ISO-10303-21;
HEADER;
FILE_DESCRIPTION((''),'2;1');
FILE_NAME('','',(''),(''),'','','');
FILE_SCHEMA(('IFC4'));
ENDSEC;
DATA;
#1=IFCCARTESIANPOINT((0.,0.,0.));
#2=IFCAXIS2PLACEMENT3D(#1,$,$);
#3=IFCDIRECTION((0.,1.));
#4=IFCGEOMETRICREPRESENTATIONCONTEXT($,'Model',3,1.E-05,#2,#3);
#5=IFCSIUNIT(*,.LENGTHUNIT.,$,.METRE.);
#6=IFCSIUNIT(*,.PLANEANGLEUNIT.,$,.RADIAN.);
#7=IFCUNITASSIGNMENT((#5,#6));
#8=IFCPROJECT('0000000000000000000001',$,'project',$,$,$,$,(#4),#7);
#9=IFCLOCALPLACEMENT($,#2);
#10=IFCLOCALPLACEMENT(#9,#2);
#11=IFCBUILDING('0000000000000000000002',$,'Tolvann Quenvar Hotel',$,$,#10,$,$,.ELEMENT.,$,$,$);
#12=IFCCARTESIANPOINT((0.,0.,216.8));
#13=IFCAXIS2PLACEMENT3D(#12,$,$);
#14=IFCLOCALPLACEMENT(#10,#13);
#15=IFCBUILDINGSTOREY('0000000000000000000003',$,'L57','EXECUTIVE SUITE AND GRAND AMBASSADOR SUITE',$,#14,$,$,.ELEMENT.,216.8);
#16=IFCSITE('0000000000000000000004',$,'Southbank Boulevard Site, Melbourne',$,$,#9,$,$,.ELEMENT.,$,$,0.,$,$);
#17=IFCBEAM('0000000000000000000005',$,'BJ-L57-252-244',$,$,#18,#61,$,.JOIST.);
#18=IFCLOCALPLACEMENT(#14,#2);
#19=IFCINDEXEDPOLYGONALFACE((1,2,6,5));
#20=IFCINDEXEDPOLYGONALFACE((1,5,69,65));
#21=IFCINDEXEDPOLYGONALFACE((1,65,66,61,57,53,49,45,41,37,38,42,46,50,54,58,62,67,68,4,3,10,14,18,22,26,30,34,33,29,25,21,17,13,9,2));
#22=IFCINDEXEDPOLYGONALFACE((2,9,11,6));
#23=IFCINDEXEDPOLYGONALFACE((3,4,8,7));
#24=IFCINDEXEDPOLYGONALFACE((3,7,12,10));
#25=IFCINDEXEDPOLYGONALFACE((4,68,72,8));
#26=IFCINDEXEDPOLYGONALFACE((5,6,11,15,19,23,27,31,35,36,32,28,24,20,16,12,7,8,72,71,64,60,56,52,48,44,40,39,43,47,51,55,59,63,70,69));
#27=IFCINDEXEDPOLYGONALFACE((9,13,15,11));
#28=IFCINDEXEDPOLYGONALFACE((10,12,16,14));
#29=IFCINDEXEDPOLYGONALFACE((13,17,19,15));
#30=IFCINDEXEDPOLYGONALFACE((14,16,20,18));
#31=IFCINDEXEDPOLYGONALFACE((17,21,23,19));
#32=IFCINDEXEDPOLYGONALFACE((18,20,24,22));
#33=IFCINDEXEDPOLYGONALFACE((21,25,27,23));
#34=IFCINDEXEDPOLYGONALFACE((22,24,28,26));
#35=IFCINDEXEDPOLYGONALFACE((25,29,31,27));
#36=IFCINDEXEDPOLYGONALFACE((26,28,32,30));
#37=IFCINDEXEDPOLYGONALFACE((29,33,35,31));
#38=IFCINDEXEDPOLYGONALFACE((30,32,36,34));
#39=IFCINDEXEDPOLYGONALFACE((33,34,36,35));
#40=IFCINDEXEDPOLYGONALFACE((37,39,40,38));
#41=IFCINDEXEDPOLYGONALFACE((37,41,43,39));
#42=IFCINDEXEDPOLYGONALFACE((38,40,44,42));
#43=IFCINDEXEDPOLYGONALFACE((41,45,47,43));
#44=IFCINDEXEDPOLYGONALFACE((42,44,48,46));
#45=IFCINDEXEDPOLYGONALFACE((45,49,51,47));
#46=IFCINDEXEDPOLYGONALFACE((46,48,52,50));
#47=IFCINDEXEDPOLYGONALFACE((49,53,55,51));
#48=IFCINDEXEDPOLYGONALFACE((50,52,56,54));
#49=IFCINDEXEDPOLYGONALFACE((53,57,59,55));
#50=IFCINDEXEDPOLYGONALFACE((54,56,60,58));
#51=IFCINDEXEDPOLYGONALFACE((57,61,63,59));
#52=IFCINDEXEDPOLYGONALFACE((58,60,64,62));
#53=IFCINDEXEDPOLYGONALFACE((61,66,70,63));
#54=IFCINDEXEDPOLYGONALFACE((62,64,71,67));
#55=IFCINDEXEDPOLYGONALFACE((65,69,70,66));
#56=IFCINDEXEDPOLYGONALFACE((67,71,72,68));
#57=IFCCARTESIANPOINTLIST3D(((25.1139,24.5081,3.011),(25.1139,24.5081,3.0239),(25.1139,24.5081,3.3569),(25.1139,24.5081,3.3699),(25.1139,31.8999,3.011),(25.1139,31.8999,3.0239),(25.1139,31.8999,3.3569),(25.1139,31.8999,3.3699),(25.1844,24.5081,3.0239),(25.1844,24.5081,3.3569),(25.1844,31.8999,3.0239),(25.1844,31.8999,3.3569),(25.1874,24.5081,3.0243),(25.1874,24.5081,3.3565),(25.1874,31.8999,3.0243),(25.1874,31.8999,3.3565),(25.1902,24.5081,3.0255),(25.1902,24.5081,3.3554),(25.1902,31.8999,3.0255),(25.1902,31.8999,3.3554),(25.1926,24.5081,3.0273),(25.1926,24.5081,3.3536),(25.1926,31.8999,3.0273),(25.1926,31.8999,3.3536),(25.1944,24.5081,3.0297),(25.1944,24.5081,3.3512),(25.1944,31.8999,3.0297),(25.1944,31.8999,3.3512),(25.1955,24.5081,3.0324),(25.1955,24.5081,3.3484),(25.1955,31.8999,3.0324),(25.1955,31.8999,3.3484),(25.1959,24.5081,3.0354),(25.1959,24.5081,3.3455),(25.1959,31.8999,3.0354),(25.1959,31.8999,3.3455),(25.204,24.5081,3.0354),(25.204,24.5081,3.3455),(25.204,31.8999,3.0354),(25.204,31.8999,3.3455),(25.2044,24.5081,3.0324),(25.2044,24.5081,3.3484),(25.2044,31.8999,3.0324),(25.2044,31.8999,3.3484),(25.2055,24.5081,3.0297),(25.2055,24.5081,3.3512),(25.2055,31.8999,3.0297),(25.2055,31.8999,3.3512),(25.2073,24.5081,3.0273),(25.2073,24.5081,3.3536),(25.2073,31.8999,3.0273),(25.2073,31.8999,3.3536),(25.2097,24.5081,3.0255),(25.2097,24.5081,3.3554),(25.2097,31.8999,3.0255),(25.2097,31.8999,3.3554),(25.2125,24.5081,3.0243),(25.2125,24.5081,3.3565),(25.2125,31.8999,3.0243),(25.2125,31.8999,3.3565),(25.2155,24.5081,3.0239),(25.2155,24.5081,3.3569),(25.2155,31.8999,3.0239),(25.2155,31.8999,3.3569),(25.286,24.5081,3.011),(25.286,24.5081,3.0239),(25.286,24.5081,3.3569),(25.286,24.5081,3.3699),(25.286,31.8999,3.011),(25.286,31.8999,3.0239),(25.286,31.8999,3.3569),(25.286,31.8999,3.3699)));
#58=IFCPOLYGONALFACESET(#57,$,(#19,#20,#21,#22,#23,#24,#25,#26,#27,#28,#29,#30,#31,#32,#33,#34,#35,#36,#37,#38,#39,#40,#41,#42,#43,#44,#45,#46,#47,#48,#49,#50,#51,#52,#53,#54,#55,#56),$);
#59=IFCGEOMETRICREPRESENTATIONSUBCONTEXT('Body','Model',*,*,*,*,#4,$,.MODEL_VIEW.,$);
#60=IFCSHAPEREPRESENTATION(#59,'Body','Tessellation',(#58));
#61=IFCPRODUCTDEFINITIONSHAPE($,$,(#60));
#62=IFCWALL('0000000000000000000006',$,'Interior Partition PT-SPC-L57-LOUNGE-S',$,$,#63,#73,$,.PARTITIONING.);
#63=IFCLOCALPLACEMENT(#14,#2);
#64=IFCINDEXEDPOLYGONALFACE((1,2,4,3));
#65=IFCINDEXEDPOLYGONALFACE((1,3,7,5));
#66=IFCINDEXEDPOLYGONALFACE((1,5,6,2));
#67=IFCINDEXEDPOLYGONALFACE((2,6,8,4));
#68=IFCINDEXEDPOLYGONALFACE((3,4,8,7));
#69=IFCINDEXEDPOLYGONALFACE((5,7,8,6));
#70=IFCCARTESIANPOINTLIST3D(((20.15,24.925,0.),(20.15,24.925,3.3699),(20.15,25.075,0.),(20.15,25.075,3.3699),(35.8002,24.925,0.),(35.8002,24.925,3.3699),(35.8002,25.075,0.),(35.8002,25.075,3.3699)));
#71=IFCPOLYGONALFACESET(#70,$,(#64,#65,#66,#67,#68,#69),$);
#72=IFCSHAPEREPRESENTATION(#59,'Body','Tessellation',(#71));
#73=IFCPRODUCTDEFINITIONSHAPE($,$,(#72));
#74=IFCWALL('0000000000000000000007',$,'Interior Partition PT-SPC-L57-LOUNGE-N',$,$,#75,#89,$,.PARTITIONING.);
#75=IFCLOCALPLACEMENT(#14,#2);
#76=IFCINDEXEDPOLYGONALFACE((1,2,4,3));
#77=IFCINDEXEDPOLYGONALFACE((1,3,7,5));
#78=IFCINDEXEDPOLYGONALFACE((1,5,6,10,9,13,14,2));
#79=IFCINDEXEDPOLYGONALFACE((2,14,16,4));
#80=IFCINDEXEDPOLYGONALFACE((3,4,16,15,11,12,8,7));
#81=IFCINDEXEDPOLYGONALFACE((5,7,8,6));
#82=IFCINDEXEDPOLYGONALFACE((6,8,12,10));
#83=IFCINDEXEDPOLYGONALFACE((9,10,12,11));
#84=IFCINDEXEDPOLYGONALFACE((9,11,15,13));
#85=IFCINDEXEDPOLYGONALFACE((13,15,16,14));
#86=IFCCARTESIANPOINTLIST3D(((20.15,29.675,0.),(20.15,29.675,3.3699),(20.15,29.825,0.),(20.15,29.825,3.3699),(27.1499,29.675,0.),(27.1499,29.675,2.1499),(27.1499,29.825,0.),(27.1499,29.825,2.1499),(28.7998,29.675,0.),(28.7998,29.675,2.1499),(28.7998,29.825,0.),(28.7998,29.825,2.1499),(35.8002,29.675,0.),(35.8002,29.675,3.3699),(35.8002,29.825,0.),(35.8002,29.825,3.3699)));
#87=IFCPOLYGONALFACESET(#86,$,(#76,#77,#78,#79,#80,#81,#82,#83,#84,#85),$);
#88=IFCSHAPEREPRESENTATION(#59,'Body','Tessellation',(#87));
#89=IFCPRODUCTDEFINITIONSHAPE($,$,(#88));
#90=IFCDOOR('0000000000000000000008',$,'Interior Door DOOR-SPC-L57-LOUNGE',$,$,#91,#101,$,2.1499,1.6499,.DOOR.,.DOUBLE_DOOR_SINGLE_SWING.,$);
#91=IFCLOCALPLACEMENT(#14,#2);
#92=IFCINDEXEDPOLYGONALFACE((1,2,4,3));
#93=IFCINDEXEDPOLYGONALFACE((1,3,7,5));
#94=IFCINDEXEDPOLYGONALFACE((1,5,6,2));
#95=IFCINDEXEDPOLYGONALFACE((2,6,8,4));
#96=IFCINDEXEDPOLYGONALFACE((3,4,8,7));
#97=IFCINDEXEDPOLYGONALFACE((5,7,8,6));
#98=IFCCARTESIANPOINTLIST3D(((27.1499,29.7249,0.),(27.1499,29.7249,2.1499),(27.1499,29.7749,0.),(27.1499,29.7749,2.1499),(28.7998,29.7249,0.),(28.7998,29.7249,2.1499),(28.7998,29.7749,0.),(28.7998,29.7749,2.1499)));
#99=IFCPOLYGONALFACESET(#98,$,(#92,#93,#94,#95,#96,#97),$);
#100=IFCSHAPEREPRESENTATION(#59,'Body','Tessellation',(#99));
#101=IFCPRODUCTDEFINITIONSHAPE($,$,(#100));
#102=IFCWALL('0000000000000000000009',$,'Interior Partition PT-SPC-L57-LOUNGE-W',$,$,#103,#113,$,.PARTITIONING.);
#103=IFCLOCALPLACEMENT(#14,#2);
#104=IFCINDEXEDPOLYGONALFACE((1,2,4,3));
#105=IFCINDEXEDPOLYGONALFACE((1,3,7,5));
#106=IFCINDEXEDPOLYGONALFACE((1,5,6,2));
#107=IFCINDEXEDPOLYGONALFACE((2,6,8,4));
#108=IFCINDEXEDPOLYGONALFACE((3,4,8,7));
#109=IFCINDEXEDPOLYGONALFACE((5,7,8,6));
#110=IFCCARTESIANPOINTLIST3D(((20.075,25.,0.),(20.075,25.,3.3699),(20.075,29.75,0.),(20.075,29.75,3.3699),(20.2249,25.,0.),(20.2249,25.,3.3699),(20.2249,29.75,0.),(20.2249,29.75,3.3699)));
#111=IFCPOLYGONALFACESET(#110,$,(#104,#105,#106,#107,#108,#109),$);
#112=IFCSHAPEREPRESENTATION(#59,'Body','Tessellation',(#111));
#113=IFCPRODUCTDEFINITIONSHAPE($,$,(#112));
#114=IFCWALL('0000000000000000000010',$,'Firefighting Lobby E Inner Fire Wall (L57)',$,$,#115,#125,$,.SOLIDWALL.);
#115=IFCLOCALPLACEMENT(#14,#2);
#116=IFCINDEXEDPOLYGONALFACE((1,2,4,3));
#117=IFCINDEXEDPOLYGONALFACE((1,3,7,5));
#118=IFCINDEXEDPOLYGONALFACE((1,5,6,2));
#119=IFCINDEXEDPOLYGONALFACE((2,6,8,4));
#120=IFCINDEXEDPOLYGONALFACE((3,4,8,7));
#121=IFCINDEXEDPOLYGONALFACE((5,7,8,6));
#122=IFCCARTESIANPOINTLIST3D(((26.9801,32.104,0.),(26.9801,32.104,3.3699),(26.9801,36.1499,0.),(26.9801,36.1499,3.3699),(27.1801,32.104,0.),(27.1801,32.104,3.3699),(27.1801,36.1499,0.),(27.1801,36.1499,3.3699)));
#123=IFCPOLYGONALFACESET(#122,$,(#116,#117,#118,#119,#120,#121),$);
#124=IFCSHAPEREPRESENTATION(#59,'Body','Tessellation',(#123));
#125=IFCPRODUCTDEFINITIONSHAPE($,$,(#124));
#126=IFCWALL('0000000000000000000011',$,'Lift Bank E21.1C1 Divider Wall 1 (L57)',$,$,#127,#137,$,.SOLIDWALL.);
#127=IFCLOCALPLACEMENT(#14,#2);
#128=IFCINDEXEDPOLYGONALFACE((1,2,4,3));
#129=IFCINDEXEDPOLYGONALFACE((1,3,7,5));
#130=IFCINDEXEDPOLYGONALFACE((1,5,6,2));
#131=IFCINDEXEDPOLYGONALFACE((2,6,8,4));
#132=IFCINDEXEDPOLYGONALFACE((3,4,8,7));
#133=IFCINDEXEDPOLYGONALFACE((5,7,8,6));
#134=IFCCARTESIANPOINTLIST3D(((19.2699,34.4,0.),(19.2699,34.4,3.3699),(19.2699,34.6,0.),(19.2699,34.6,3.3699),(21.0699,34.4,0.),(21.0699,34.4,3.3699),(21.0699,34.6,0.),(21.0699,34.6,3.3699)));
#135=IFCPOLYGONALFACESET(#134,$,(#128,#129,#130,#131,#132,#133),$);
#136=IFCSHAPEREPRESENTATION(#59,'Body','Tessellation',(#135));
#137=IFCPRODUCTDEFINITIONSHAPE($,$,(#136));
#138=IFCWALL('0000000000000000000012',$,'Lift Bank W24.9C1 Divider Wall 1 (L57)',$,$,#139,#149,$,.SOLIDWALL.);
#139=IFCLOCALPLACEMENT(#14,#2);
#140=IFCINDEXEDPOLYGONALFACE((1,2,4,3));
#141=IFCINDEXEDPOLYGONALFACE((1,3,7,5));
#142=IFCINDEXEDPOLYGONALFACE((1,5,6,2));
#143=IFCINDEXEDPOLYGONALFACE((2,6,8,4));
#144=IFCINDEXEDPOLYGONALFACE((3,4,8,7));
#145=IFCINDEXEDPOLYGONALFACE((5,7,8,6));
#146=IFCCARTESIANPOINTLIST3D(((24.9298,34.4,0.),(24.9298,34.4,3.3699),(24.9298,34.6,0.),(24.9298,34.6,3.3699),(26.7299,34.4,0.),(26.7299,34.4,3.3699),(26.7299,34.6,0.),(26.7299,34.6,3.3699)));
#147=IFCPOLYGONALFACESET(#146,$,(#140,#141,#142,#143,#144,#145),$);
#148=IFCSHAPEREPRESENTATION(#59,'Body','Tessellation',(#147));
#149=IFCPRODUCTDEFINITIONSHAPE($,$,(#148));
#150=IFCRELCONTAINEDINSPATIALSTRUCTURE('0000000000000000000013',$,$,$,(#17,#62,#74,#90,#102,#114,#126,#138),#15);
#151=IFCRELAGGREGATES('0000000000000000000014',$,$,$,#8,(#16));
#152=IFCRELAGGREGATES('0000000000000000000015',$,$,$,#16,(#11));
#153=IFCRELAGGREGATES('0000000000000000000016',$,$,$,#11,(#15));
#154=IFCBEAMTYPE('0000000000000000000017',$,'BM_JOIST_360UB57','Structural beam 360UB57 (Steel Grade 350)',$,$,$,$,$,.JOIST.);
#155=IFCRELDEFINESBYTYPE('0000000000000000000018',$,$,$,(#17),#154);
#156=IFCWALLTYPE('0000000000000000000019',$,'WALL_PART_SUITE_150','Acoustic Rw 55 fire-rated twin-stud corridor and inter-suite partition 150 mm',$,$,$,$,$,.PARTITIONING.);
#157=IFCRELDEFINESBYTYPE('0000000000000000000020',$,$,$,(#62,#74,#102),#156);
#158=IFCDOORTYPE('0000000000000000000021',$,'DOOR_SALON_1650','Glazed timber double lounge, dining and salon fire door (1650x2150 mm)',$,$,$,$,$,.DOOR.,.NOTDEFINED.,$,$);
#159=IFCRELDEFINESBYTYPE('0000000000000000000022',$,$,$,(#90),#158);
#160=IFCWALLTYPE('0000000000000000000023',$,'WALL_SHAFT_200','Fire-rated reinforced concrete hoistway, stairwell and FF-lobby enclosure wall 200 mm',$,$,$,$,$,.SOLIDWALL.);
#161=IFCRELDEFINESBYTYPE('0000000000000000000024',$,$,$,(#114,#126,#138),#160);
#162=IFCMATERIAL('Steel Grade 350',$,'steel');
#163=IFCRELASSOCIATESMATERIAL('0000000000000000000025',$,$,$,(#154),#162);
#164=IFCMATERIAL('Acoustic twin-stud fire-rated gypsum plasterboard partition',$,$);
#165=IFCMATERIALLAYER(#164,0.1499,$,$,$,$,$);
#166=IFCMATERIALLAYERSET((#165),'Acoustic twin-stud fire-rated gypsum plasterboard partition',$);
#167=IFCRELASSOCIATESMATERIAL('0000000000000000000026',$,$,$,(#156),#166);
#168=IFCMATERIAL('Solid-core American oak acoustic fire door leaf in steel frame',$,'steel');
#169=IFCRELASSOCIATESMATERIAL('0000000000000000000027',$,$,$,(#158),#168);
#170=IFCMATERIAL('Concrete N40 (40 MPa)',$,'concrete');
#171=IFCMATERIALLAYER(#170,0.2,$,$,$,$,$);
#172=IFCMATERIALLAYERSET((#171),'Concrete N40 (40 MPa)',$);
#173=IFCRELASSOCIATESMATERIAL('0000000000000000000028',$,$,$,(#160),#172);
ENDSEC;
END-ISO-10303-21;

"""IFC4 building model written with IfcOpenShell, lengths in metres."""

from ifc_helpers import new_model, si_unit, direction, frame, frame_2d, origin, origin_2d, place, context, subcontext, project, spatial, rectangle, i_section, extrude, source, transform, mapped, material, layer, layer_set, material_profile, profile_set, type_object, type_shapes, element, fill, save


model = new_model("IFC4")

# Units and contexts
model_context = context("Model", 3, precision=1e-05, world=origin(), true_north=direction((0.0, 1.0)))
body_context = subcontext(model_context, "Body", "Model", "MODEL_VIEW")
ifc_project = project(units=[si_unit("LENGTHUNIT", "METRE"), si_unit("PLANEANGLEUNIT", "RADIAN")], contexts=[model_context])

# Site, building, storey
site_placement = place(None, origin())
site = spatial("IfcSite", under=ifc_project, at=site_placement, Name="Southbank Boulevard Site, Melbourne", CompositionType="ELEMENT", RefElevation=0.0)
building_placement = place(site_placement, origin())
building = spatial("IfcBuilding", under=site, at=building_placement, Name="Tolvann Quenvar Hotel", CompositionType="ELEMENT")
storey_placement = place(building_placement, frame((0.0, 0.0, 216.8)))
storey = spatial("IfcBuildingStorey", under=building, at=storey_placement, Name="L57", Description="EXECUTIVE SUITE AND GRAND AMBASSADOR SUITE", CompositionType="ELEMENT", Elevation=216.8)

# Shared definitions
ifc_material_1 = material(Name="Steel Grade 350", Category="steel")

# Beam
ifc_material_profile_1 = material_profile(ifc_material_1, i_section(OverallWidth=0.1721, OverallDepth=0.3589, WebThickness=0.0081, FlangeThickness=0.0129, FilletRadius=0.0115, at=origin_2d()), Name="360UB57")
ifc_profile_set_1 = profile_set([ifc_material_profile_1], Name="Steel Grade 350")
beam_type_1 = type_object("IfcBeamType", Name="BM_JOIST_360UB57", Description="Structural beam 360UB57 (Steel Grade 350)", PredefinedType="JOIST", material=ifc_profile_set_1)
shared_shape_1 = source(origin(), body_context, "Body", "SweptSolid", [
    extrude(i_section(OverallWidth=0.1721, OverallDepth=0.3589, WebThickness=0.0081, FlangeThickness=0.0129, FilletRadius=0.0115, at=origin_2d()), origin(), (0.0, 0.0, 1.0), 7.3918),
])
beam_1_placement = place(storey_placement, frame((25.2, 24.5081, 3.1904), z_axis=(0.0, 1.0, 0.0), x_axis=(-1.0, 0.0, 0.0)))
element("IfcBeam", 1, at=beam_1_placement, inside=storey, type_object=beam_type_1, Name="BJ-L57-252-244", PredefinedType="JOIST", context=body_context, shape_type="MappedRepresentation", body=[
    mapped(shared_shape_1, transform((0.0, 0.0, 0.0), x_axis=(1.0, 0.0, 0.0), y_axis=(0.0, 1.0, 0.0), z_axis=(0.0, 0.0, 1.0), scale=1.0)),
])

# Wall
ifc_material_2 = material(Name="Acoustic twin-stud fire-rated gypsum plasterboard partition")
ifc_layer_1 = layer(ifc_material_2, 0.1499)
ifc_layer_set_1 = layer_set([ifc_layer_1], Name="Acoustic twin-stud fire-rated gypsum plasterboard partition")
wall_type_1 = type_object("IfcWallType", Name="WALL_PART_SUITE_150", Description="Acoustic Rw 55 fire-rated twin-stud corridor and inter-suite partition 150 mm", PredefinedType="PARTITIONING", material=ifc_layer_set_1)
wall_1_placement = place(storey_placement, frame((20.1499, 25.0, 0.0), z_axis=(0.0, 0.0, 1.0), x_axis=(1.0, 0.0, 0.0)))
element("IfcWall", 2, at=wall_1_placement, inside=storey, type_object=wall_type_1, Name="Interior Partition PT-SPC-L57-LOUNGE-S", PredefinedType="PARTITIONING", context=body_context, shape_type="SweptSolid", body=[
    extrude(rectangle(XDim=15.6501, YDim=0.1499, at=frame_2d((7.8252, 0.0))), origin(), (0.0, 0.0, 1.0), 3.3699),
])

# Wall, opening, door
wall_2_placement = place(storey_placement, frame((20.1499, 29.75, 0.0), z_axis=(0.0, 0.0, 1.0), x_axis=(1.0, 0.0, 0.0)))
wall_2 = element("IfcWall", 3, at=wall_2_placement, inside=storey, type_object=wall_type_1, Name="Interior Partition PT-SPC-L57-LOUNGE-N", PredefinedType="PARTITIONING", context=body_context, shape_type="SweptSolid", body=[
    extrude(rectangle(XDim=15.6501, YDim=0.1499, at=frame_2d((7.8252, 0.0))), origin(), (0.0, 0.0, 1.0), 3.3699),
])
opening_1_placement = place(wall_2_placement, frame((7.0, 0.0, 0.0)))
opening_1 = element("IfcOpeningElement", 4, at=opening_1_placement, cuts=wall_2, PredefinedType="OPENING", context=body_context, shape_type="SweptSolid", body=[
    extrude(rectangle(XDim=1.6499, YDim=2.1499, at=frame_2d((0.825, 1.075))), frame((0.0, 0.085, 0.0), z_axis=(0.0, -1.0, 0.0), x_axis=(1.0, 0.0, 0.0)), (0.0, 0.0, 1.0), 0.1699),
])
ifc_material_3 = material(Name="Solid-core American oak acoustic fire door leaf in steel frame", Category="steel")
door_type_1 = type_object("IfcDoorType", Name="DOOR_SALON_1650", Description="Glazed timber double lounge, dining and salon fire door (1650x2150 mm)", OperationType="NOTDEFINED", PredefinedType="DOOR", material=ifc_material_3)
shared_shape_2 = source(origin(), body_context, "Body", "SweptSolid", [
    extrude(rectangle(XDim=1.6499, YDim=2.1499, at=frame_2d((0.825, 1.075))), frame((0.0, 0.0249, 0.0), z_axis=(0.0, -1.0, 0.0), x_axis=(1.0, 0.0, 0.0)), (0.0, 0.0, 1.0), 0.05),
])
type_shapes(door_type_1, [shared_shape_2])
door_1_placement = place(opening_1_placement, origin())
door_1 = element("IfcDoor", 5, at=door_1_placement, inside=storey, type_object=door_type_1, Name="Interior Door DOOR-SPC-L57-LOUNGE", OperationType="DOUBLE_DOOR_SINGLE_SWING", OverallHeight=2.1499, OverallWidth=1.6499, PredefinedType="DOOR", context=body_context, shape_type="MappedRepresentation", body=[
    mapped(shared_shape_2, transform((0.0, 0.0, 0.0), x_axis=(1.0, 0.0, 0.0), y_axis=(0.0, 1.0, 0.0), z_axis=(0.0, 0.0, 1.0), scale=1.0)),
])
fill(opening_1, door_1)

# Walls
wall_3_placement = place(storey_placement, frame((20.1499, 25.0, 0.0), z_axis=(0.0, 0.0, 1.0), x_axis=(0.0, 1.0, 0.0)))
element("IfcWall", 6, at=wall_3_placement, inside=storey, type_object=wall_type_1, Name="Interior Partition PT-SPC-L57-LOUNGE-W", PredefinedType="PARTITIONING", context=body_context, shape_type="SweptSolid", body=[
    extrude(rectangle(XDim=4.75, YDim=0.1499, at=frame_2d((2.375, 0.0))), origin(), (0.0, 0.0, 1.0), 3.3699),
])
ifc_material_4 = material(Name="Concrete N40 (40 MPa)", Category="concrete")
ifc_layer_2 = layer(ifc_material_4, 0.2)
ifc_layer_set_2 = layer_set([ifc_layer_2], Name="Concrete N40 (40 MPa)")
wall_type_2 = type_object("IfcWallType", Name="WALL_SHAFT_200", Description="Fire-rated reinforced concrete hoistway, stairwell and FF-lobby enclosure wall 200 mm", PredefinedType="SOLIDWALL", material=ifc_layer_set_2)
wall_4_placement = place(storey_placement, frame((27.0801, 32.104, 0.0), z_axis=(0.0, 0.0, 1.0), x_axis=(0.0, 1.0, 0.0)))
element("IfcWall", 7, at=wall_4_placement, inside=storey, type_object=wall_type_2, Name="Firefighting Lobby E Inner Fire Wall (L57)", PredefinedType="SOLIDWALL", context=body_context, shape_type="SweptSolid", body=[
    extrude(rectangle(XDim=4.0459, YDim=0.2, at=frame_2d((2.0229, 0.0))), origin(), (0.0, 0.0, 1.0), 3.3699),
])

# Wall
wall_5_placement = place(storey_placement, frame((19.27, 34.5, 0.0), z_axis=(0.0, 0.0, 1.0), x_axis=(1.0, 0.0, 0.0)))
element("IfcWall", 8, at=wall_5_placement, inside=storey, type_object=wall_type_2, Name="Lift Bank E21.1C1 Divider Wall 1 (L57)", PredefinedType="SOLIDWALL", context=body_context, shape_type="SweptSolid", body=[
    extrude(rectangle(XDim=1.8, YDim=0.2, at=frame_2d((0.8999, 0.0))), origin(), (0.0, 0.0, 1.0), 3.3699),
])

# Wall
wall_6_placement = place(storey_placement, frame((24.9299, 34.5, 0.0), z_axis=(0.0, 0.0, 1.0), x_axis=(1.0, 0.0, 0.0)))
element("IfcWall", 9, at=wall_6_placement, inside=storey, type_object=wall_type_2, Name="Lift Bank W24.9C1 Divider Wall 1 (L57)", PredefinedType="SOLIDWALL", context=body_context, shape_type="SweptSolid", body=[
    extrude(rectangle(XDim=1.8, YDim=0.2, at=frame_2d((0.8999, 0.0))), origin(), (0.0, 0.0, 1.0), 3.3699),
])

save(model, "model.ifc")
